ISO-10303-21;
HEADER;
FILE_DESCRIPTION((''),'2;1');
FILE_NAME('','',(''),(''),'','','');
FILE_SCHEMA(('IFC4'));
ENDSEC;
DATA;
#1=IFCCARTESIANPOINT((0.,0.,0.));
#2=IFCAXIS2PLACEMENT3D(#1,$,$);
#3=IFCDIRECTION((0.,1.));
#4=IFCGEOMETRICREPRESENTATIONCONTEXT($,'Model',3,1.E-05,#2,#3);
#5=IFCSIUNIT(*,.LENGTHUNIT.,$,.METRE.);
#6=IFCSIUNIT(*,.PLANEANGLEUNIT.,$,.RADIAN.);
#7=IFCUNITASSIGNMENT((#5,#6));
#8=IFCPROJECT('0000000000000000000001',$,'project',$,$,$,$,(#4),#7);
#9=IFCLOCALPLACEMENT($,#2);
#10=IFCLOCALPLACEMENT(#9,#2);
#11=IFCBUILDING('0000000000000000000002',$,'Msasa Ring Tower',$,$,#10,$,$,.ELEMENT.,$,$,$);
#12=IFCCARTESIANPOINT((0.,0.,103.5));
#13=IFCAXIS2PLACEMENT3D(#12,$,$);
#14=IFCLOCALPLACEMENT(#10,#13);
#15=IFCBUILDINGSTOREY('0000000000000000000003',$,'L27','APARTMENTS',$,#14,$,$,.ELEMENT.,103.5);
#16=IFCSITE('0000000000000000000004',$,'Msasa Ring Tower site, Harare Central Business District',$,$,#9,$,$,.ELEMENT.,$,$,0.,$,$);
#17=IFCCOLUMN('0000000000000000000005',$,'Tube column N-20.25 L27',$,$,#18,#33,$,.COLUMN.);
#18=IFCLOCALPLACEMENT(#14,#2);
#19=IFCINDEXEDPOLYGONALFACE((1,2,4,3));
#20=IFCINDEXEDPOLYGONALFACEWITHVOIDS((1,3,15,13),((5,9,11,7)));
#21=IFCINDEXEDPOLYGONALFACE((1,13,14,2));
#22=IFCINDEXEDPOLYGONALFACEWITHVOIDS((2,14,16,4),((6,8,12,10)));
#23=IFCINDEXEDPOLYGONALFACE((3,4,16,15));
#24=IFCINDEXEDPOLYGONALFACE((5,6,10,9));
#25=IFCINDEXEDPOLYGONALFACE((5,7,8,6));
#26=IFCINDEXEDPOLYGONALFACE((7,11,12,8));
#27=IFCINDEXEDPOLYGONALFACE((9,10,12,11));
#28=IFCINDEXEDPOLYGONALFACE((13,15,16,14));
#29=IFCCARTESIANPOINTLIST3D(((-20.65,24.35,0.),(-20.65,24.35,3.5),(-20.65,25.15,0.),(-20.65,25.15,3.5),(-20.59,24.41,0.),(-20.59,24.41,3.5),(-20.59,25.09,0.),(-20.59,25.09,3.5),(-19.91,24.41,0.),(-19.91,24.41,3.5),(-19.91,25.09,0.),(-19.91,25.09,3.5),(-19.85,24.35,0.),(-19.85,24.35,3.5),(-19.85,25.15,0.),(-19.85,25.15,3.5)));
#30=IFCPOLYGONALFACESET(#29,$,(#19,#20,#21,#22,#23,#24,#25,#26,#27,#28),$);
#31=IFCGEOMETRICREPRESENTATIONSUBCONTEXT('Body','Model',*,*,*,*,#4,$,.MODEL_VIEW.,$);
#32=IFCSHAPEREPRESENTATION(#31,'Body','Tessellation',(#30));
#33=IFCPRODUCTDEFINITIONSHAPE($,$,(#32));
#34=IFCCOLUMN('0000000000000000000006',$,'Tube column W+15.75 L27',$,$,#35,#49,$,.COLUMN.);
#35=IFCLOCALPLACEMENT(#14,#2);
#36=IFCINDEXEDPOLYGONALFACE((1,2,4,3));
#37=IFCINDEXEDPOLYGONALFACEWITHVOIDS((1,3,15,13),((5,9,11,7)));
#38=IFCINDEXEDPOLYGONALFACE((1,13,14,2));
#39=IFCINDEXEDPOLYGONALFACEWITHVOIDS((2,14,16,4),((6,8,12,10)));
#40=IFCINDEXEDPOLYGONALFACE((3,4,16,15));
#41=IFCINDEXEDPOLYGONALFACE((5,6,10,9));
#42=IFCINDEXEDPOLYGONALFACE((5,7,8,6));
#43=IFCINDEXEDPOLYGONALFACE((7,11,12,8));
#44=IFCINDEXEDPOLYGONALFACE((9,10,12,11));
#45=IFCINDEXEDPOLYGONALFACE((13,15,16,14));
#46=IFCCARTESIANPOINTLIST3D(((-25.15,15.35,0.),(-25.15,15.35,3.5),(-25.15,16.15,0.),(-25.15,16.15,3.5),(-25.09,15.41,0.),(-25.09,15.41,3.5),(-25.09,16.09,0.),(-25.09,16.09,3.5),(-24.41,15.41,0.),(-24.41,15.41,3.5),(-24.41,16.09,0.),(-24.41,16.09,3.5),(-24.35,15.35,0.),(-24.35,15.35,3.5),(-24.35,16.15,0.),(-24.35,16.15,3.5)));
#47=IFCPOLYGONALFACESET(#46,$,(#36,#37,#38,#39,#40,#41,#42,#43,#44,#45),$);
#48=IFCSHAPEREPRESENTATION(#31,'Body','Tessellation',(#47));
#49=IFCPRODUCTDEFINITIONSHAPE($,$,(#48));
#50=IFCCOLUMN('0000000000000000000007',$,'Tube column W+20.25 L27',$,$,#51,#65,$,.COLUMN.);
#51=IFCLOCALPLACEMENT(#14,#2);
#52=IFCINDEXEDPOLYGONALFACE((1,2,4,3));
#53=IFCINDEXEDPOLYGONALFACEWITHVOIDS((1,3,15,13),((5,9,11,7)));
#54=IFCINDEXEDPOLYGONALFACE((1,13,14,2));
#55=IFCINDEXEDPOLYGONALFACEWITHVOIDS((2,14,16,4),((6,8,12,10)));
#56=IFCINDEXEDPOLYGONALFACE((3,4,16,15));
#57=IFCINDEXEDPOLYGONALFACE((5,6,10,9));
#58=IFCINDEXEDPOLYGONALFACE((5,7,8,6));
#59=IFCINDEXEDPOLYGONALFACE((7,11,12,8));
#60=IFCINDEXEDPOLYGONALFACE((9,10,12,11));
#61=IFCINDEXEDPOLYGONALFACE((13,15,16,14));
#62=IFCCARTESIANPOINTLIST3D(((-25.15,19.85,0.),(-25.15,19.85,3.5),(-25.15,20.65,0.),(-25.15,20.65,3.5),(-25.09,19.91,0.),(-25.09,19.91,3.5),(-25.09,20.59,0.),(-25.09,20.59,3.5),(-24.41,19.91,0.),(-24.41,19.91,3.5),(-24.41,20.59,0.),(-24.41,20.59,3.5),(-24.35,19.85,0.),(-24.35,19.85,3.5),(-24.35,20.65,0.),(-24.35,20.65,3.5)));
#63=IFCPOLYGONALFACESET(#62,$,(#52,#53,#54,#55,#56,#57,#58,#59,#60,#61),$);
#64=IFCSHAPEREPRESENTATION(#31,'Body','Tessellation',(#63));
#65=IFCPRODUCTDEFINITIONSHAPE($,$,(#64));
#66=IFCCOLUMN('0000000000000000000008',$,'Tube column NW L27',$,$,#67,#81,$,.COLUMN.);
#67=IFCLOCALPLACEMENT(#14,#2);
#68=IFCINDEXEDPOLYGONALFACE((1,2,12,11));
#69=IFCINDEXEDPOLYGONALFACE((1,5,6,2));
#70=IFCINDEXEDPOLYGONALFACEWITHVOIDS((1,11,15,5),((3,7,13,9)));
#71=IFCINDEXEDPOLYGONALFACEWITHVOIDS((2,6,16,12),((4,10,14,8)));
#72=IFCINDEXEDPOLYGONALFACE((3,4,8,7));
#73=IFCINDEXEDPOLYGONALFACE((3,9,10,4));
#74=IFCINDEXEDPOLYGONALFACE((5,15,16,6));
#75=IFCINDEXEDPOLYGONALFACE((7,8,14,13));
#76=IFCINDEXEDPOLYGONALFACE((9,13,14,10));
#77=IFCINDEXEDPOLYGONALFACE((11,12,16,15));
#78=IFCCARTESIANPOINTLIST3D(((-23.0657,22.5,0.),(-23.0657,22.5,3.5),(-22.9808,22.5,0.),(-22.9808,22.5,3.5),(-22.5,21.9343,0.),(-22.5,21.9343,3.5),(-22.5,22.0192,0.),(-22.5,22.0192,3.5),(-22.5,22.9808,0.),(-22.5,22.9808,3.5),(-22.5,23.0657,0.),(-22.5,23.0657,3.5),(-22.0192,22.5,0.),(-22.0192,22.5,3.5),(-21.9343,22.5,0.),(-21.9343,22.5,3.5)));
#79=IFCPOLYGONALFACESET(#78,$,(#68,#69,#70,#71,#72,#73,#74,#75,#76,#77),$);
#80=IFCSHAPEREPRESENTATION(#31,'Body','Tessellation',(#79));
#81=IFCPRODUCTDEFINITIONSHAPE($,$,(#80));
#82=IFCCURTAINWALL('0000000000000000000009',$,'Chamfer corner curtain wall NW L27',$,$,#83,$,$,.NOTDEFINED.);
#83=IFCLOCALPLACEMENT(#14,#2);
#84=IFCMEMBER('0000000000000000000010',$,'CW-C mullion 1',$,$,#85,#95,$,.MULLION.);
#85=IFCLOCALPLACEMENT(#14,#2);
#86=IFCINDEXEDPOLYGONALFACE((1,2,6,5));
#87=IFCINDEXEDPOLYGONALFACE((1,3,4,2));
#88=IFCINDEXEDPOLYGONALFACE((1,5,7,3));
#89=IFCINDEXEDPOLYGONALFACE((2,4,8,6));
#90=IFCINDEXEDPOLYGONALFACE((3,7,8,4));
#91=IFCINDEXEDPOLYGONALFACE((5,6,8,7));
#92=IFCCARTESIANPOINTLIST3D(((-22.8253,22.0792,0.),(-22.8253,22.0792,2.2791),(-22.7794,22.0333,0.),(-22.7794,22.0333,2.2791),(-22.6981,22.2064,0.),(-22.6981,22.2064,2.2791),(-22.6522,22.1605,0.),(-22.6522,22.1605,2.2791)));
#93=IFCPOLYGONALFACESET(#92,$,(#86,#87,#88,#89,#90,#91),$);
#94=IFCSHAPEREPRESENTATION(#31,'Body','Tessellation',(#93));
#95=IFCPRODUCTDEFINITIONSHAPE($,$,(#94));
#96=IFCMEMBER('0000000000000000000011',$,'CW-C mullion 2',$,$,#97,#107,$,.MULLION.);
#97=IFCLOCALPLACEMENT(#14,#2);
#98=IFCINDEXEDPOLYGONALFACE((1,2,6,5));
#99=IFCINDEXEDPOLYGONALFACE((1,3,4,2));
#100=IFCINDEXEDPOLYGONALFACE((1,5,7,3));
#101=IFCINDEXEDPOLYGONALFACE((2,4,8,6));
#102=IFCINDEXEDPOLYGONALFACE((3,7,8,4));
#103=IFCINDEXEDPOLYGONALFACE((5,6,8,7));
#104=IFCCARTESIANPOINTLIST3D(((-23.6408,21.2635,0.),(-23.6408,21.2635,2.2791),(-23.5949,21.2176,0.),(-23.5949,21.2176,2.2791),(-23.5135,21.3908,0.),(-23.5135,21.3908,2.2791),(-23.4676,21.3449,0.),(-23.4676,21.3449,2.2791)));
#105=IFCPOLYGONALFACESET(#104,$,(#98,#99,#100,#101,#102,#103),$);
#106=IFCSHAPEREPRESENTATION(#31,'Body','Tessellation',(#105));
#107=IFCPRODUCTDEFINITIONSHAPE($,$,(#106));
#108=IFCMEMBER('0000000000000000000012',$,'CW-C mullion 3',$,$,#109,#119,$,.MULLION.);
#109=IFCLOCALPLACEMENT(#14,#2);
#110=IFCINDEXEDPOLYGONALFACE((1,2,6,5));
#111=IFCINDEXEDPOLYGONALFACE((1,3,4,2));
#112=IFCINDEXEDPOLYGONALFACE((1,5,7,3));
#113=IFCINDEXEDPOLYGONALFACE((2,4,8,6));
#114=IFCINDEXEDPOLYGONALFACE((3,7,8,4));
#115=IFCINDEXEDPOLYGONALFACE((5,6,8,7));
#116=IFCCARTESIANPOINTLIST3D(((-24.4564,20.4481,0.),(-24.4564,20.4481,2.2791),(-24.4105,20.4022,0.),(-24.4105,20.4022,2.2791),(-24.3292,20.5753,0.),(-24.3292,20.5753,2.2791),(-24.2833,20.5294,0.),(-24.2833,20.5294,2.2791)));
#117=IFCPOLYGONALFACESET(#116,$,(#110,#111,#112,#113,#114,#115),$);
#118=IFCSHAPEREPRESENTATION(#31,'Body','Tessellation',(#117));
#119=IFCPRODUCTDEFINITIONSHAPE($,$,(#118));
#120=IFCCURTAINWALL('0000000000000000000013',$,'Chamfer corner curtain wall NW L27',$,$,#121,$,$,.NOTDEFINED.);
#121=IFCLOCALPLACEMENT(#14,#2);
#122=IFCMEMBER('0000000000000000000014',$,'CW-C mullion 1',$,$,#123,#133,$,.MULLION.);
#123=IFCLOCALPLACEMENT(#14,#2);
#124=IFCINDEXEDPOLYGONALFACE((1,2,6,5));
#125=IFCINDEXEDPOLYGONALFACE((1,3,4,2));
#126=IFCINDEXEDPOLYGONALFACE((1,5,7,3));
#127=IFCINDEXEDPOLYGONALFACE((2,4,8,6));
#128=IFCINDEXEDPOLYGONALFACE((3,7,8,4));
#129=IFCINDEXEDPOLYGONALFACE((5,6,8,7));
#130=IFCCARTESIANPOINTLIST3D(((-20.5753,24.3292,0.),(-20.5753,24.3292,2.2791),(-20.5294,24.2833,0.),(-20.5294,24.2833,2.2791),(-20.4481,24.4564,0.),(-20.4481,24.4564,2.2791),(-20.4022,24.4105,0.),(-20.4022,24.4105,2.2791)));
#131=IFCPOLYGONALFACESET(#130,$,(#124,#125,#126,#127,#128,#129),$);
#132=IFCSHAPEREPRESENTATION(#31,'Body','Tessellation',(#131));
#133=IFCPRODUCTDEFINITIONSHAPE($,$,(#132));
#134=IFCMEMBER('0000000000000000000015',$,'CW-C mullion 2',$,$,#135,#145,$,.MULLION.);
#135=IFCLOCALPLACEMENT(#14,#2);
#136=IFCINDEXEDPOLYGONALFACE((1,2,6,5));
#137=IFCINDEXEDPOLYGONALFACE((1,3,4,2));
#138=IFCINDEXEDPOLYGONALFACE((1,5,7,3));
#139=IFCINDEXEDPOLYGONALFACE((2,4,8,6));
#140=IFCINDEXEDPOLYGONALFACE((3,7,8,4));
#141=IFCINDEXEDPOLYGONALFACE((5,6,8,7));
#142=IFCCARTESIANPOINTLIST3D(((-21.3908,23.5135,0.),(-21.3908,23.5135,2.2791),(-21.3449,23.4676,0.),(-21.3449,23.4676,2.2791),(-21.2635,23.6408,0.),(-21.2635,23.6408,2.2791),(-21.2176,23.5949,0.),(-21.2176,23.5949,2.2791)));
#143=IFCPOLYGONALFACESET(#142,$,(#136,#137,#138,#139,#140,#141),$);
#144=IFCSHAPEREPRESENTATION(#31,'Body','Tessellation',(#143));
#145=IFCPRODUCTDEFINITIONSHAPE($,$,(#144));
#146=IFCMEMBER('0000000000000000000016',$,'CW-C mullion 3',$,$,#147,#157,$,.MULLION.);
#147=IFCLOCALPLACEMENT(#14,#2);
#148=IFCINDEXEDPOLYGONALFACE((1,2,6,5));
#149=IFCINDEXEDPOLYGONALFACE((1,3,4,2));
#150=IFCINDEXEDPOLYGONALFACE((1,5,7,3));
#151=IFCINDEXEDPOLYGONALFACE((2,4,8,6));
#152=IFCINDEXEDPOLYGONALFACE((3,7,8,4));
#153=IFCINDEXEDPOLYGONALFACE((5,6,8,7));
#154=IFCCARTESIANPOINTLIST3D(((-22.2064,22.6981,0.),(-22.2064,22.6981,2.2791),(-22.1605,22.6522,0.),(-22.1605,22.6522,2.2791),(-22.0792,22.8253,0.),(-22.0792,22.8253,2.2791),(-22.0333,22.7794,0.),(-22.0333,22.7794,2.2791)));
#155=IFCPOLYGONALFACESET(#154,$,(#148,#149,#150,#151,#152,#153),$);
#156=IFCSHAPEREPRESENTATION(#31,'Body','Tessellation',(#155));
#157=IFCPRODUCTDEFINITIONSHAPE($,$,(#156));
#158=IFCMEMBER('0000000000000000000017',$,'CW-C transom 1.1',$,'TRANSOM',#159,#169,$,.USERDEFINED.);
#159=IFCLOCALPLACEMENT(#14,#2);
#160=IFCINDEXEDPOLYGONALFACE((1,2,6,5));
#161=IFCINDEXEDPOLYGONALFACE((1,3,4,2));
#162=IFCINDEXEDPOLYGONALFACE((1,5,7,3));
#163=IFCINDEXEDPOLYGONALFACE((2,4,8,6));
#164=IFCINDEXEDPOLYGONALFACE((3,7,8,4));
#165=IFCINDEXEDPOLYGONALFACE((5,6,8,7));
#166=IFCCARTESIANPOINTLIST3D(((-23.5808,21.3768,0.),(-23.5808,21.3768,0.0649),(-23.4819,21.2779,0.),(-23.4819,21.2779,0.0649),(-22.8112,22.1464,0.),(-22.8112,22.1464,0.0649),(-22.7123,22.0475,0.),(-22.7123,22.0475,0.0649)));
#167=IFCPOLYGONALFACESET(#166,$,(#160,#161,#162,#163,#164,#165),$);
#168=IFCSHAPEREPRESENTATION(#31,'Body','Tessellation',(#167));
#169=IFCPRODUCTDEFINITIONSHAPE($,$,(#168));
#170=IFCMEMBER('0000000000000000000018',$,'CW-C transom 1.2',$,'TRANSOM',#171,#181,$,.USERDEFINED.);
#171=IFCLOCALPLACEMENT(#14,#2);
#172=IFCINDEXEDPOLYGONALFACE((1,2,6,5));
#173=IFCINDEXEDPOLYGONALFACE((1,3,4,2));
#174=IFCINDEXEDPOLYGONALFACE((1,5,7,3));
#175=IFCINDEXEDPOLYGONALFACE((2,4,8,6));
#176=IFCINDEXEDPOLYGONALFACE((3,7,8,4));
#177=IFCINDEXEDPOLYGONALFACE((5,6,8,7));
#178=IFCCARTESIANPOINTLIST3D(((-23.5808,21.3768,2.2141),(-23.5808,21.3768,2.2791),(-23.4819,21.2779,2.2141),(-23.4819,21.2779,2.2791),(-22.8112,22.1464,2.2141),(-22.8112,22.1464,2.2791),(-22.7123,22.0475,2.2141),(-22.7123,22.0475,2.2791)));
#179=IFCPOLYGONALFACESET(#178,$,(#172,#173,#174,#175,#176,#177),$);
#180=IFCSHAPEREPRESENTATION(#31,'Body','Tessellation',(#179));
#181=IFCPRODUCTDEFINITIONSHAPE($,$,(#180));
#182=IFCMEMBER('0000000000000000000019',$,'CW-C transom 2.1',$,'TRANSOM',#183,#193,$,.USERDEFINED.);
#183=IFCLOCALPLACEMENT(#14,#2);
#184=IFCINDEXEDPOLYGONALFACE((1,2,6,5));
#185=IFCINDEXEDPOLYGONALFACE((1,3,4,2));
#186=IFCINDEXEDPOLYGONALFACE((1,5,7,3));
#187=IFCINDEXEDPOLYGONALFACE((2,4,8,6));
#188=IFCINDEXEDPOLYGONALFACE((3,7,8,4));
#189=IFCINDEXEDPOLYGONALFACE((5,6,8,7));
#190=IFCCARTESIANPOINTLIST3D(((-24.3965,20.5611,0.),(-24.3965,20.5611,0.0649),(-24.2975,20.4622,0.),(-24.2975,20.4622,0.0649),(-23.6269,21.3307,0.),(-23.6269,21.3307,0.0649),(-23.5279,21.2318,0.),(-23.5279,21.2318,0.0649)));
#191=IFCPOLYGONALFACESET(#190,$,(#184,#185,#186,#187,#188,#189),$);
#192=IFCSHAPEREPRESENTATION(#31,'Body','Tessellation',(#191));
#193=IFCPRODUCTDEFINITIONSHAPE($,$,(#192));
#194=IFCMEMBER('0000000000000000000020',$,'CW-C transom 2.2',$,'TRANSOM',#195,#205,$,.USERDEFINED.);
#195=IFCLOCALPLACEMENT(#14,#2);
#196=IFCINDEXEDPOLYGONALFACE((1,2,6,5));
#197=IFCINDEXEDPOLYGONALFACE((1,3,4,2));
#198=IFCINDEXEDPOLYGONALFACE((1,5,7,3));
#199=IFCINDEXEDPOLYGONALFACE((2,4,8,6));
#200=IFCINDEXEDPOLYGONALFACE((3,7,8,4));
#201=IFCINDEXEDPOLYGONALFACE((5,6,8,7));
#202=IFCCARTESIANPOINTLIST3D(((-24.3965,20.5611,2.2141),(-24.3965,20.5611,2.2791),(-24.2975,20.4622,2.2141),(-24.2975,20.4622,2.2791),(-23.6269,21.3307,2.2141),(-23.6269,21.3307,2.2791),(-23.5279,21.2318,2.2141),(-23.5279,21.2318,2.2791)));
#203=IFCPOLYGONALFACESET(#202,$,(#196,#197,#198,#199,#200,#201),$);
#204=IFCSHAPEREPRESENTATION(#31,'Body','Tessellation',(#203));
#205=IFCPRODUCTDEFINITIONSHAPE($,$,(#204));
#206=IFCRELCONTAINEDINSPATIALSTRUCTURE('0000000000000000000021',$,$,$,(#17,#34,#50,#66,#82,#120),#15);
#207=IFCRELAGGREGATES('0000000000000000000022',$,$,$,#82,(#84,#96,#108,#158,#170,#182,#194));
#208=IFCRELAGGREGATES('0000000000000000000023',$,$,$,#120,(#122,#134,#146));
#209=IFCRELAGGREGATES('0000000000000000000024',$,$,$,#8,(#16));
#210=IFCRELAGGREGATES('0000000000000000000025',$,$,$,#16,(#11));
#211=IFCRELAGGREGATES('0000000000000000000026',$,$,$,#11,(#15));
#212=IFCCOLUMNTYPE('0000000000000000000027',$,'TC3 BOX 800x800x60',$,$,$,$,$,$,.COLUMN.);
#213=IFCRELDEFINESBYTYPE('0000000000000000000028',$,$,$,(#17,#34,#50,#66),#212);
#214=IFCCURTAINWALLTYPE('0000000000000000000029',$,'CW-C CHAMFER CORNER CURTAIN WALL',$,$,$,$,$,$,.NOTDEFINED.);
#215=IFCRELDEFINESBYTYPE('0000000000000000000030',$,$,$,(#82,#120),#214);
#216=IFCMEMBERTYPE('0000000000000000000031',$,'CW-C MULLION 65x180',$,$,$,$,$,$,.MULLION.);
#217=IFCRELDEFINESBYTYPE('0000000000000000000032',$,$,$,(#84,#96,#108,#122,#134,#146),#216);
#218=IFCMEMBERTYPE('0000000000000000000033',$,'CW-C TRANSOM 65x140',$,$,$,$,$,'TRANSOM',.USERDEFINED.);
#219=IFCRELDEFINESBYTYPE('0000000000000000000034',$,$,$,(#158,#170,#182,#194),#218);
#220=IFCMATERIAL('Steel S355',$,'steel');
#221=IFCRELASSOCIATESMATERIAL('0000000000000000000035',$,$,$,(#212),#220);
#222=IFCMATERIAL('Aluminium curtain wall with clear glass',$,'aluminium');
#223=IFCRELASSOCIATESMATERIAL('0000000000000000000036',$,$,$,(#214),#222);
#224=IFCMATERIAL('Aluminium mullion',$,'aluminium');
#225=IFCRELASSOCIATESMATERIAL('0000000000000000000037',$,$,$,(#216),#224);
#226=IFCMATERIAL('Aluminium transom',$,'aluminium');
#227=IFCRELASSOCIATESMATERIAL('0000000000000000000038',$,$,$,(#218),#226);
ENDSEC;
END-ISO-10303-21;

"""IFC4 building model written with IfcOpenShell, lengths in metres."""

from ifc_helpers import new_model, si_unit, direction, frame, origin, origin_2d, place, context, subcontext, project, spatial, rectangle, hollow_rectangle, extrude, material, material_profile, profile_set, type_object, element, aggregate, save


model = new_model("IFC4")

# Units and contexts
model_context = context("Model", 3, precision=1e-05, world=origin(), true_north=direction((0.0, 1.0)))
body_context = subcontext(model_context, "Body", "Model", "MODEL_VIEW")
ifc_project = project(units=[si_unit("LENGTHUNIT", "METRE"), si_unit("PLANEANGLEUNIT", "RADIAN")], contexts=[model_context])

# Site, building, storey
site_placement = place(None, origin())
site = spatial("IfcSite", under=ifc_project, at=site_placement, Name="Msasa Ring Tower site, Harare Central Business District", CompositionType="ELEMENT", RefElevation=0.0)
building_placement = place(site_placement, origin())
building = spatial("IfcBuilding", under=site, at=building_placement, Name="Msasa Ring Tower", CompositionType="ELEMENT")
storey_placement = place(building_placement, frame((0.0, 0.0, 103.5)))
storey = spatial("IfcBuildingStorey", under=building, at=storey_placement, Name="L27", Description="APARTMENTS", CompositionType="ELEMENT", Elevation=103.5)

# Columns
ifc_material_1 = material(Name="Steel S355", Category="steel")
ifc_material_profile_1 = material_profile(ifc_material_1, hollow_rectangle(XDim=0.8, YDim=0.8, WallThickness=0.0601, at=origin_2d()), Name="BOX 800x800x60")
ifc_profile_set_1 = profile_set([ifc_material_profile_1], Name="Steel S355")
column_type = type_object("IfcColumnType", Name="TC3 BOX 800x800x60", PredefinedType="COLUMN", material=ifc_profile_set_1)
for number, where, z_axis, x_axis, name in (
    (1, (-20.25, 24.75, 0.0), (0.0, 0.0, 1.0), (0.0, 1.0, 0.0), "Tube column N-20.25 L27"),
    (2, (-24.75, 15.75, 0.0), (0.0, 0.0, 1.0), (1.0, 0.0, 0.0), "Tube column W+15.75 L27"),
    (3, (-24.75, 20.25, 0.0), (0.0, 0.0, 1.0), (1.0, 0.0, 0.0), "Tube column W+20.25 L27"),
    (4, (-22.5, 22.5, 0.0), (0.0, 0.0, 1.0), (0.707107, -0.707107, 0.0), "Tube column NW L27"),
):
    element("IfcColumn", number, at=place(storey_placement, frame(where, z_axis=z_axis, x_axis=x_axis)), inside=storey, type_object=column_type, Name=name, PredefinedType="COLUMN", context=body_context, shape_type="SweptSolid", body=[
        extrude(hollow_rectangle(XDim=0.8, YDim=0.8, WallThickness=0.0601, at=origin_2d()), origin(), (0.0, 0.0, 1.0), 3.5),
    ])

# Curtain walls, members
ifc_material_2 = material(Name="Aluminium curtain wall with clear glass", Category="aluminium")
curtain_wall_type = type_object("IfcCurtainWallType", Name="CW-C CHAMFER CORNER CURTAIN WALL", PredefinedType="NOTDEFINED", material=ifc_material_2)
curtain_wall_1_placement = place(storey_placement, origin())
curtain_wall_1 = element("IfcCurtainWall", 5, at=curtain_wall_1_placement, inside=storey, type_object=curtain_wall_type, Name="Chamfer corner curtain wall NW L27", PredefinedType="NOTDEFINED")
ifc_material_3 = material(Name="Aluminium mullion", Category="aluminium")
ifc_material_profile_2 = material_profile(ifc_material_3, rectangle(XDim=0.0649, YDim=0.1799, at=origin_2d()), Name="AL 65x180")
ifc_profile_set_2 = profile_set([ifc_material_profile_2], Name="Aluminium mullion")
member_type_1 = type_object("IfcMemberType", Name="CW-C MULLION 65x180", PredefinedType="MULLION", material=ifc_profile_set_2)
member_1_placement = place(storey_placement, frame((-22.7388, 22.1199, 0.0), z_axis=(0.0, 0.0, 1.0), x_axis=(0.707107, -0.707107, 0.0)))
member_1 = element("IfcMember", 6, at=member_1_placement, type_object=member_type_1, Name="CW-C mullion 1", PredefinedType="MULLION", context=body_context, shape_type="SweptSolid", body=[
    extrude(rectangle(XDim=0.0649, YDim=0.1799, at=origin_2d()), origin(), (0.0, 0.0, 1.0), 2.2791),
])
member_2_placement = place(storey_placement, frame((-23.5542, 21.3042, 0.0), z_axis=(0.0, 0.0, 1.0), x_axis=(0.707107, -0.707107, 0.0)))
member_2 = element("IfcMember", 7, at=member_2_placement, type_object=member_type_1, Name="CW-C mullion 2", PredefinedType="MULLION", context=body_context, shape_type="SweptSolid", body=[
    extrude(rectangle(XDim=0.0649, YDim=0.1799, at=origin_2d()), origin(), (0.0, 0.0, 1.0), 2.2791),
])
member_3_placement = place(storey_placement, frame((-24.3699, 20.4888, 0.0), z_axis=(0.0, 0.0, 1.0), x_axis=(0.707107, -0.707107, 0.0)))
member_3 = element("IfcMember", 8, at=member_3_placement, type_object=member_type_1, Name="CW-C mullion 3", PredefinedType="MULLION", context=body_context, shape_type="SweptSolid", body=[
    extrude(rectangle(XDim=0.0649, YDim=0.1799, at=origin_2d()), origin(), (0.0, 0.0, 1.0), 2.2791),
])
curtain_wall_2_placement = place(storey_placement, origin())
curtain_wall_2 = element("IfcCurtainWall", 9, at=curtain_wall_2_placement, inside=storey, type_object=curtain_wall_type, Name="Chamfer corner curtain wall NW L27", PredefinedType="NOTDEFINED")
member_4_placement = place(storey_placement, frame((-20.4888, 24.3699, 0.0), z_axis=(0.0, 0.0, 1.0), x_axis=(0.707107, -0.707107, 0.0)))
member_4 = element("IfcMember", 10, at=member_4_placement, type_object=member_type_1, Name="CW-C mullion 1", PredefinedType="MULLION", context=body_context, shape_type="SweptSolid", body=[
    extrude(rectangle(XDim=0.0649, YDim=0.1799, at=origin_2d()), origin(), (0.0, 0.0, 1.0), 2.2791),
])
member_5_placement = place(storey_placement, frame((-21.3042, 23.5542, 0.0), z_axis=(0.0, 0.0, 1.0), x_axis=(0.707107, -0.707107, 0.0)))
member_5 = element("IfcMember", 11, at=member_5_placement, type_object=member_type_1, Name="CW-C mullion 2", PredefinedType="MULLION", context=body_context, shape_type="SweptSolid", body=[
    extrude(rectangle(XDim=0.0649, YDim=0.1799, at=origin_2d()), origin(), (0.0, 0.0, 1.0), 2.2791),
])
member_6_placement = place(storey_placement, frame((-22.1199, 22.7388, 0.0), z_axis=(0.0, 0.0, 1.0), x_axis=(0.707107, -0.707107, 0.0)))
member_6 = element("IfcMember", 12, at=member_6_placement, type_object=member_type_1, Name="CW-C mullion 3", PredefinedType="MULLION", context=body_context, shape_type="SweptSolid", body=[
    extrude(rectangle(XDim=0.0649, YDim=0.1799, at=origin_2d()), origin(), (0.0, 0.0, 1.0), 2.2791),
])

# Members
ifc_material_4 = material(Name="Aluminium transom", Category="aluminium")
ifc_material_profile_3 = material_profile(ifc_material_4, rectangle(XDim=0.1399, YDim=0.0649, at=origin_2d()), Name="AL 65x140")
ifc_profile_set_3 = profile_set([ifc_material_profile_3], Name="Aluminium transom")
member_type_2 = type_object("IfcMemberType", Name="CW-C TRANSOM 65x140", ElementType="TRANSOM", PredefinedType="USERDEFINED", material=ifc_profile_set_3)
member_7_placement = place(storey_placement, frame((-22.7617, 22.0969, 0.0325), z_axis=(-0.707107, -0.707107, 0.0), x_axis=(0.707107, -0.707107, 0.0)))
member_7 = element("IfcMember", 13, at=member_7_placement, type_object=member_type_2, Name="CW-C transom 1.1", ObjectType="TRANSOM", PredefinedType="USERDEFINED", context=body_context, shape_type="SweptSolid", body=[
    extrude(rectangle(XDim=0.1399, YDim=0.0649, at=origin_2d()), origin(), (0.0, 0.0, 1.0), 1.0884),
])
member_8_placement = place(storey_placement, frame((-22.7617, 22.0969, 2.2466), z_axis=(-0.707107, -0.707107, 0.0), x_axis=(0.707107, -0.707107, 0.0)))
member_8 = element("IfcMember", 14, at=member_8_placement, type_object=member_type_2, Name="CW-C transom 1.2", ObjectType="TRANSOM", PredefinedType="USERDEFINED", context=body_context, shape_type="SweptSolid", body=[
    extrude(rectangle(XDim=0.1399, YDim=0.0649, at=origin_2d()), origin(), (0.0, 0.0, 1.0), 1.0884),
])
member_9_placement = place(storey_placement, frame((-23.5774, 21.2812, 0.0325), z_axis=(-0.707107, -0.707107, 0.0), x_axis=(0.707107, -0.707107, 0.0)))
member_9 = element("IfcMember", 15, at=member_9_placement, type_object=member_type_2, Name="CW-C transom 2.1", ObjectType="TRANSOM", PredefinedType="USERDEFINED", context=body_context, shape_type="SweptSolid", body=[
    extrude(rectangle(XDim=0.1399, YDim=0.0649, at=origin_2d()), origin(), (0.0, 0.0, 1.0), 1.0884),
])
member_10_placement = place(storey_placement, frame((-23.5774, 21.2812, 2.2466), z_axis=(-0.707107, -0.707107, 0.0), x_axis=(0.707107, -0.707107, 0.0)))
member_10 = element("IfcMember", 16, at=member_10_placement, type_object=member_type_2, Name="CW-C transom 2.2", ObjectType="TRANSOM", PredefinedType="USERDEFINED", context=body_context, shape_type="SweptSolid", body=[
    extrude(rectangle(XDim=0.1399, YDim=0.0649, at=origin_2d()), origin(), (0.0, 0.0, 1.0), 1.0884),
])

aggregate(curtain_wall_1, [member_1, member_2, member_3, member_7, member_8, member_9, member_10])
aggregate(curtain_wall_2, [member_4, member_5, member_6])

save(model, "model.ifc")
